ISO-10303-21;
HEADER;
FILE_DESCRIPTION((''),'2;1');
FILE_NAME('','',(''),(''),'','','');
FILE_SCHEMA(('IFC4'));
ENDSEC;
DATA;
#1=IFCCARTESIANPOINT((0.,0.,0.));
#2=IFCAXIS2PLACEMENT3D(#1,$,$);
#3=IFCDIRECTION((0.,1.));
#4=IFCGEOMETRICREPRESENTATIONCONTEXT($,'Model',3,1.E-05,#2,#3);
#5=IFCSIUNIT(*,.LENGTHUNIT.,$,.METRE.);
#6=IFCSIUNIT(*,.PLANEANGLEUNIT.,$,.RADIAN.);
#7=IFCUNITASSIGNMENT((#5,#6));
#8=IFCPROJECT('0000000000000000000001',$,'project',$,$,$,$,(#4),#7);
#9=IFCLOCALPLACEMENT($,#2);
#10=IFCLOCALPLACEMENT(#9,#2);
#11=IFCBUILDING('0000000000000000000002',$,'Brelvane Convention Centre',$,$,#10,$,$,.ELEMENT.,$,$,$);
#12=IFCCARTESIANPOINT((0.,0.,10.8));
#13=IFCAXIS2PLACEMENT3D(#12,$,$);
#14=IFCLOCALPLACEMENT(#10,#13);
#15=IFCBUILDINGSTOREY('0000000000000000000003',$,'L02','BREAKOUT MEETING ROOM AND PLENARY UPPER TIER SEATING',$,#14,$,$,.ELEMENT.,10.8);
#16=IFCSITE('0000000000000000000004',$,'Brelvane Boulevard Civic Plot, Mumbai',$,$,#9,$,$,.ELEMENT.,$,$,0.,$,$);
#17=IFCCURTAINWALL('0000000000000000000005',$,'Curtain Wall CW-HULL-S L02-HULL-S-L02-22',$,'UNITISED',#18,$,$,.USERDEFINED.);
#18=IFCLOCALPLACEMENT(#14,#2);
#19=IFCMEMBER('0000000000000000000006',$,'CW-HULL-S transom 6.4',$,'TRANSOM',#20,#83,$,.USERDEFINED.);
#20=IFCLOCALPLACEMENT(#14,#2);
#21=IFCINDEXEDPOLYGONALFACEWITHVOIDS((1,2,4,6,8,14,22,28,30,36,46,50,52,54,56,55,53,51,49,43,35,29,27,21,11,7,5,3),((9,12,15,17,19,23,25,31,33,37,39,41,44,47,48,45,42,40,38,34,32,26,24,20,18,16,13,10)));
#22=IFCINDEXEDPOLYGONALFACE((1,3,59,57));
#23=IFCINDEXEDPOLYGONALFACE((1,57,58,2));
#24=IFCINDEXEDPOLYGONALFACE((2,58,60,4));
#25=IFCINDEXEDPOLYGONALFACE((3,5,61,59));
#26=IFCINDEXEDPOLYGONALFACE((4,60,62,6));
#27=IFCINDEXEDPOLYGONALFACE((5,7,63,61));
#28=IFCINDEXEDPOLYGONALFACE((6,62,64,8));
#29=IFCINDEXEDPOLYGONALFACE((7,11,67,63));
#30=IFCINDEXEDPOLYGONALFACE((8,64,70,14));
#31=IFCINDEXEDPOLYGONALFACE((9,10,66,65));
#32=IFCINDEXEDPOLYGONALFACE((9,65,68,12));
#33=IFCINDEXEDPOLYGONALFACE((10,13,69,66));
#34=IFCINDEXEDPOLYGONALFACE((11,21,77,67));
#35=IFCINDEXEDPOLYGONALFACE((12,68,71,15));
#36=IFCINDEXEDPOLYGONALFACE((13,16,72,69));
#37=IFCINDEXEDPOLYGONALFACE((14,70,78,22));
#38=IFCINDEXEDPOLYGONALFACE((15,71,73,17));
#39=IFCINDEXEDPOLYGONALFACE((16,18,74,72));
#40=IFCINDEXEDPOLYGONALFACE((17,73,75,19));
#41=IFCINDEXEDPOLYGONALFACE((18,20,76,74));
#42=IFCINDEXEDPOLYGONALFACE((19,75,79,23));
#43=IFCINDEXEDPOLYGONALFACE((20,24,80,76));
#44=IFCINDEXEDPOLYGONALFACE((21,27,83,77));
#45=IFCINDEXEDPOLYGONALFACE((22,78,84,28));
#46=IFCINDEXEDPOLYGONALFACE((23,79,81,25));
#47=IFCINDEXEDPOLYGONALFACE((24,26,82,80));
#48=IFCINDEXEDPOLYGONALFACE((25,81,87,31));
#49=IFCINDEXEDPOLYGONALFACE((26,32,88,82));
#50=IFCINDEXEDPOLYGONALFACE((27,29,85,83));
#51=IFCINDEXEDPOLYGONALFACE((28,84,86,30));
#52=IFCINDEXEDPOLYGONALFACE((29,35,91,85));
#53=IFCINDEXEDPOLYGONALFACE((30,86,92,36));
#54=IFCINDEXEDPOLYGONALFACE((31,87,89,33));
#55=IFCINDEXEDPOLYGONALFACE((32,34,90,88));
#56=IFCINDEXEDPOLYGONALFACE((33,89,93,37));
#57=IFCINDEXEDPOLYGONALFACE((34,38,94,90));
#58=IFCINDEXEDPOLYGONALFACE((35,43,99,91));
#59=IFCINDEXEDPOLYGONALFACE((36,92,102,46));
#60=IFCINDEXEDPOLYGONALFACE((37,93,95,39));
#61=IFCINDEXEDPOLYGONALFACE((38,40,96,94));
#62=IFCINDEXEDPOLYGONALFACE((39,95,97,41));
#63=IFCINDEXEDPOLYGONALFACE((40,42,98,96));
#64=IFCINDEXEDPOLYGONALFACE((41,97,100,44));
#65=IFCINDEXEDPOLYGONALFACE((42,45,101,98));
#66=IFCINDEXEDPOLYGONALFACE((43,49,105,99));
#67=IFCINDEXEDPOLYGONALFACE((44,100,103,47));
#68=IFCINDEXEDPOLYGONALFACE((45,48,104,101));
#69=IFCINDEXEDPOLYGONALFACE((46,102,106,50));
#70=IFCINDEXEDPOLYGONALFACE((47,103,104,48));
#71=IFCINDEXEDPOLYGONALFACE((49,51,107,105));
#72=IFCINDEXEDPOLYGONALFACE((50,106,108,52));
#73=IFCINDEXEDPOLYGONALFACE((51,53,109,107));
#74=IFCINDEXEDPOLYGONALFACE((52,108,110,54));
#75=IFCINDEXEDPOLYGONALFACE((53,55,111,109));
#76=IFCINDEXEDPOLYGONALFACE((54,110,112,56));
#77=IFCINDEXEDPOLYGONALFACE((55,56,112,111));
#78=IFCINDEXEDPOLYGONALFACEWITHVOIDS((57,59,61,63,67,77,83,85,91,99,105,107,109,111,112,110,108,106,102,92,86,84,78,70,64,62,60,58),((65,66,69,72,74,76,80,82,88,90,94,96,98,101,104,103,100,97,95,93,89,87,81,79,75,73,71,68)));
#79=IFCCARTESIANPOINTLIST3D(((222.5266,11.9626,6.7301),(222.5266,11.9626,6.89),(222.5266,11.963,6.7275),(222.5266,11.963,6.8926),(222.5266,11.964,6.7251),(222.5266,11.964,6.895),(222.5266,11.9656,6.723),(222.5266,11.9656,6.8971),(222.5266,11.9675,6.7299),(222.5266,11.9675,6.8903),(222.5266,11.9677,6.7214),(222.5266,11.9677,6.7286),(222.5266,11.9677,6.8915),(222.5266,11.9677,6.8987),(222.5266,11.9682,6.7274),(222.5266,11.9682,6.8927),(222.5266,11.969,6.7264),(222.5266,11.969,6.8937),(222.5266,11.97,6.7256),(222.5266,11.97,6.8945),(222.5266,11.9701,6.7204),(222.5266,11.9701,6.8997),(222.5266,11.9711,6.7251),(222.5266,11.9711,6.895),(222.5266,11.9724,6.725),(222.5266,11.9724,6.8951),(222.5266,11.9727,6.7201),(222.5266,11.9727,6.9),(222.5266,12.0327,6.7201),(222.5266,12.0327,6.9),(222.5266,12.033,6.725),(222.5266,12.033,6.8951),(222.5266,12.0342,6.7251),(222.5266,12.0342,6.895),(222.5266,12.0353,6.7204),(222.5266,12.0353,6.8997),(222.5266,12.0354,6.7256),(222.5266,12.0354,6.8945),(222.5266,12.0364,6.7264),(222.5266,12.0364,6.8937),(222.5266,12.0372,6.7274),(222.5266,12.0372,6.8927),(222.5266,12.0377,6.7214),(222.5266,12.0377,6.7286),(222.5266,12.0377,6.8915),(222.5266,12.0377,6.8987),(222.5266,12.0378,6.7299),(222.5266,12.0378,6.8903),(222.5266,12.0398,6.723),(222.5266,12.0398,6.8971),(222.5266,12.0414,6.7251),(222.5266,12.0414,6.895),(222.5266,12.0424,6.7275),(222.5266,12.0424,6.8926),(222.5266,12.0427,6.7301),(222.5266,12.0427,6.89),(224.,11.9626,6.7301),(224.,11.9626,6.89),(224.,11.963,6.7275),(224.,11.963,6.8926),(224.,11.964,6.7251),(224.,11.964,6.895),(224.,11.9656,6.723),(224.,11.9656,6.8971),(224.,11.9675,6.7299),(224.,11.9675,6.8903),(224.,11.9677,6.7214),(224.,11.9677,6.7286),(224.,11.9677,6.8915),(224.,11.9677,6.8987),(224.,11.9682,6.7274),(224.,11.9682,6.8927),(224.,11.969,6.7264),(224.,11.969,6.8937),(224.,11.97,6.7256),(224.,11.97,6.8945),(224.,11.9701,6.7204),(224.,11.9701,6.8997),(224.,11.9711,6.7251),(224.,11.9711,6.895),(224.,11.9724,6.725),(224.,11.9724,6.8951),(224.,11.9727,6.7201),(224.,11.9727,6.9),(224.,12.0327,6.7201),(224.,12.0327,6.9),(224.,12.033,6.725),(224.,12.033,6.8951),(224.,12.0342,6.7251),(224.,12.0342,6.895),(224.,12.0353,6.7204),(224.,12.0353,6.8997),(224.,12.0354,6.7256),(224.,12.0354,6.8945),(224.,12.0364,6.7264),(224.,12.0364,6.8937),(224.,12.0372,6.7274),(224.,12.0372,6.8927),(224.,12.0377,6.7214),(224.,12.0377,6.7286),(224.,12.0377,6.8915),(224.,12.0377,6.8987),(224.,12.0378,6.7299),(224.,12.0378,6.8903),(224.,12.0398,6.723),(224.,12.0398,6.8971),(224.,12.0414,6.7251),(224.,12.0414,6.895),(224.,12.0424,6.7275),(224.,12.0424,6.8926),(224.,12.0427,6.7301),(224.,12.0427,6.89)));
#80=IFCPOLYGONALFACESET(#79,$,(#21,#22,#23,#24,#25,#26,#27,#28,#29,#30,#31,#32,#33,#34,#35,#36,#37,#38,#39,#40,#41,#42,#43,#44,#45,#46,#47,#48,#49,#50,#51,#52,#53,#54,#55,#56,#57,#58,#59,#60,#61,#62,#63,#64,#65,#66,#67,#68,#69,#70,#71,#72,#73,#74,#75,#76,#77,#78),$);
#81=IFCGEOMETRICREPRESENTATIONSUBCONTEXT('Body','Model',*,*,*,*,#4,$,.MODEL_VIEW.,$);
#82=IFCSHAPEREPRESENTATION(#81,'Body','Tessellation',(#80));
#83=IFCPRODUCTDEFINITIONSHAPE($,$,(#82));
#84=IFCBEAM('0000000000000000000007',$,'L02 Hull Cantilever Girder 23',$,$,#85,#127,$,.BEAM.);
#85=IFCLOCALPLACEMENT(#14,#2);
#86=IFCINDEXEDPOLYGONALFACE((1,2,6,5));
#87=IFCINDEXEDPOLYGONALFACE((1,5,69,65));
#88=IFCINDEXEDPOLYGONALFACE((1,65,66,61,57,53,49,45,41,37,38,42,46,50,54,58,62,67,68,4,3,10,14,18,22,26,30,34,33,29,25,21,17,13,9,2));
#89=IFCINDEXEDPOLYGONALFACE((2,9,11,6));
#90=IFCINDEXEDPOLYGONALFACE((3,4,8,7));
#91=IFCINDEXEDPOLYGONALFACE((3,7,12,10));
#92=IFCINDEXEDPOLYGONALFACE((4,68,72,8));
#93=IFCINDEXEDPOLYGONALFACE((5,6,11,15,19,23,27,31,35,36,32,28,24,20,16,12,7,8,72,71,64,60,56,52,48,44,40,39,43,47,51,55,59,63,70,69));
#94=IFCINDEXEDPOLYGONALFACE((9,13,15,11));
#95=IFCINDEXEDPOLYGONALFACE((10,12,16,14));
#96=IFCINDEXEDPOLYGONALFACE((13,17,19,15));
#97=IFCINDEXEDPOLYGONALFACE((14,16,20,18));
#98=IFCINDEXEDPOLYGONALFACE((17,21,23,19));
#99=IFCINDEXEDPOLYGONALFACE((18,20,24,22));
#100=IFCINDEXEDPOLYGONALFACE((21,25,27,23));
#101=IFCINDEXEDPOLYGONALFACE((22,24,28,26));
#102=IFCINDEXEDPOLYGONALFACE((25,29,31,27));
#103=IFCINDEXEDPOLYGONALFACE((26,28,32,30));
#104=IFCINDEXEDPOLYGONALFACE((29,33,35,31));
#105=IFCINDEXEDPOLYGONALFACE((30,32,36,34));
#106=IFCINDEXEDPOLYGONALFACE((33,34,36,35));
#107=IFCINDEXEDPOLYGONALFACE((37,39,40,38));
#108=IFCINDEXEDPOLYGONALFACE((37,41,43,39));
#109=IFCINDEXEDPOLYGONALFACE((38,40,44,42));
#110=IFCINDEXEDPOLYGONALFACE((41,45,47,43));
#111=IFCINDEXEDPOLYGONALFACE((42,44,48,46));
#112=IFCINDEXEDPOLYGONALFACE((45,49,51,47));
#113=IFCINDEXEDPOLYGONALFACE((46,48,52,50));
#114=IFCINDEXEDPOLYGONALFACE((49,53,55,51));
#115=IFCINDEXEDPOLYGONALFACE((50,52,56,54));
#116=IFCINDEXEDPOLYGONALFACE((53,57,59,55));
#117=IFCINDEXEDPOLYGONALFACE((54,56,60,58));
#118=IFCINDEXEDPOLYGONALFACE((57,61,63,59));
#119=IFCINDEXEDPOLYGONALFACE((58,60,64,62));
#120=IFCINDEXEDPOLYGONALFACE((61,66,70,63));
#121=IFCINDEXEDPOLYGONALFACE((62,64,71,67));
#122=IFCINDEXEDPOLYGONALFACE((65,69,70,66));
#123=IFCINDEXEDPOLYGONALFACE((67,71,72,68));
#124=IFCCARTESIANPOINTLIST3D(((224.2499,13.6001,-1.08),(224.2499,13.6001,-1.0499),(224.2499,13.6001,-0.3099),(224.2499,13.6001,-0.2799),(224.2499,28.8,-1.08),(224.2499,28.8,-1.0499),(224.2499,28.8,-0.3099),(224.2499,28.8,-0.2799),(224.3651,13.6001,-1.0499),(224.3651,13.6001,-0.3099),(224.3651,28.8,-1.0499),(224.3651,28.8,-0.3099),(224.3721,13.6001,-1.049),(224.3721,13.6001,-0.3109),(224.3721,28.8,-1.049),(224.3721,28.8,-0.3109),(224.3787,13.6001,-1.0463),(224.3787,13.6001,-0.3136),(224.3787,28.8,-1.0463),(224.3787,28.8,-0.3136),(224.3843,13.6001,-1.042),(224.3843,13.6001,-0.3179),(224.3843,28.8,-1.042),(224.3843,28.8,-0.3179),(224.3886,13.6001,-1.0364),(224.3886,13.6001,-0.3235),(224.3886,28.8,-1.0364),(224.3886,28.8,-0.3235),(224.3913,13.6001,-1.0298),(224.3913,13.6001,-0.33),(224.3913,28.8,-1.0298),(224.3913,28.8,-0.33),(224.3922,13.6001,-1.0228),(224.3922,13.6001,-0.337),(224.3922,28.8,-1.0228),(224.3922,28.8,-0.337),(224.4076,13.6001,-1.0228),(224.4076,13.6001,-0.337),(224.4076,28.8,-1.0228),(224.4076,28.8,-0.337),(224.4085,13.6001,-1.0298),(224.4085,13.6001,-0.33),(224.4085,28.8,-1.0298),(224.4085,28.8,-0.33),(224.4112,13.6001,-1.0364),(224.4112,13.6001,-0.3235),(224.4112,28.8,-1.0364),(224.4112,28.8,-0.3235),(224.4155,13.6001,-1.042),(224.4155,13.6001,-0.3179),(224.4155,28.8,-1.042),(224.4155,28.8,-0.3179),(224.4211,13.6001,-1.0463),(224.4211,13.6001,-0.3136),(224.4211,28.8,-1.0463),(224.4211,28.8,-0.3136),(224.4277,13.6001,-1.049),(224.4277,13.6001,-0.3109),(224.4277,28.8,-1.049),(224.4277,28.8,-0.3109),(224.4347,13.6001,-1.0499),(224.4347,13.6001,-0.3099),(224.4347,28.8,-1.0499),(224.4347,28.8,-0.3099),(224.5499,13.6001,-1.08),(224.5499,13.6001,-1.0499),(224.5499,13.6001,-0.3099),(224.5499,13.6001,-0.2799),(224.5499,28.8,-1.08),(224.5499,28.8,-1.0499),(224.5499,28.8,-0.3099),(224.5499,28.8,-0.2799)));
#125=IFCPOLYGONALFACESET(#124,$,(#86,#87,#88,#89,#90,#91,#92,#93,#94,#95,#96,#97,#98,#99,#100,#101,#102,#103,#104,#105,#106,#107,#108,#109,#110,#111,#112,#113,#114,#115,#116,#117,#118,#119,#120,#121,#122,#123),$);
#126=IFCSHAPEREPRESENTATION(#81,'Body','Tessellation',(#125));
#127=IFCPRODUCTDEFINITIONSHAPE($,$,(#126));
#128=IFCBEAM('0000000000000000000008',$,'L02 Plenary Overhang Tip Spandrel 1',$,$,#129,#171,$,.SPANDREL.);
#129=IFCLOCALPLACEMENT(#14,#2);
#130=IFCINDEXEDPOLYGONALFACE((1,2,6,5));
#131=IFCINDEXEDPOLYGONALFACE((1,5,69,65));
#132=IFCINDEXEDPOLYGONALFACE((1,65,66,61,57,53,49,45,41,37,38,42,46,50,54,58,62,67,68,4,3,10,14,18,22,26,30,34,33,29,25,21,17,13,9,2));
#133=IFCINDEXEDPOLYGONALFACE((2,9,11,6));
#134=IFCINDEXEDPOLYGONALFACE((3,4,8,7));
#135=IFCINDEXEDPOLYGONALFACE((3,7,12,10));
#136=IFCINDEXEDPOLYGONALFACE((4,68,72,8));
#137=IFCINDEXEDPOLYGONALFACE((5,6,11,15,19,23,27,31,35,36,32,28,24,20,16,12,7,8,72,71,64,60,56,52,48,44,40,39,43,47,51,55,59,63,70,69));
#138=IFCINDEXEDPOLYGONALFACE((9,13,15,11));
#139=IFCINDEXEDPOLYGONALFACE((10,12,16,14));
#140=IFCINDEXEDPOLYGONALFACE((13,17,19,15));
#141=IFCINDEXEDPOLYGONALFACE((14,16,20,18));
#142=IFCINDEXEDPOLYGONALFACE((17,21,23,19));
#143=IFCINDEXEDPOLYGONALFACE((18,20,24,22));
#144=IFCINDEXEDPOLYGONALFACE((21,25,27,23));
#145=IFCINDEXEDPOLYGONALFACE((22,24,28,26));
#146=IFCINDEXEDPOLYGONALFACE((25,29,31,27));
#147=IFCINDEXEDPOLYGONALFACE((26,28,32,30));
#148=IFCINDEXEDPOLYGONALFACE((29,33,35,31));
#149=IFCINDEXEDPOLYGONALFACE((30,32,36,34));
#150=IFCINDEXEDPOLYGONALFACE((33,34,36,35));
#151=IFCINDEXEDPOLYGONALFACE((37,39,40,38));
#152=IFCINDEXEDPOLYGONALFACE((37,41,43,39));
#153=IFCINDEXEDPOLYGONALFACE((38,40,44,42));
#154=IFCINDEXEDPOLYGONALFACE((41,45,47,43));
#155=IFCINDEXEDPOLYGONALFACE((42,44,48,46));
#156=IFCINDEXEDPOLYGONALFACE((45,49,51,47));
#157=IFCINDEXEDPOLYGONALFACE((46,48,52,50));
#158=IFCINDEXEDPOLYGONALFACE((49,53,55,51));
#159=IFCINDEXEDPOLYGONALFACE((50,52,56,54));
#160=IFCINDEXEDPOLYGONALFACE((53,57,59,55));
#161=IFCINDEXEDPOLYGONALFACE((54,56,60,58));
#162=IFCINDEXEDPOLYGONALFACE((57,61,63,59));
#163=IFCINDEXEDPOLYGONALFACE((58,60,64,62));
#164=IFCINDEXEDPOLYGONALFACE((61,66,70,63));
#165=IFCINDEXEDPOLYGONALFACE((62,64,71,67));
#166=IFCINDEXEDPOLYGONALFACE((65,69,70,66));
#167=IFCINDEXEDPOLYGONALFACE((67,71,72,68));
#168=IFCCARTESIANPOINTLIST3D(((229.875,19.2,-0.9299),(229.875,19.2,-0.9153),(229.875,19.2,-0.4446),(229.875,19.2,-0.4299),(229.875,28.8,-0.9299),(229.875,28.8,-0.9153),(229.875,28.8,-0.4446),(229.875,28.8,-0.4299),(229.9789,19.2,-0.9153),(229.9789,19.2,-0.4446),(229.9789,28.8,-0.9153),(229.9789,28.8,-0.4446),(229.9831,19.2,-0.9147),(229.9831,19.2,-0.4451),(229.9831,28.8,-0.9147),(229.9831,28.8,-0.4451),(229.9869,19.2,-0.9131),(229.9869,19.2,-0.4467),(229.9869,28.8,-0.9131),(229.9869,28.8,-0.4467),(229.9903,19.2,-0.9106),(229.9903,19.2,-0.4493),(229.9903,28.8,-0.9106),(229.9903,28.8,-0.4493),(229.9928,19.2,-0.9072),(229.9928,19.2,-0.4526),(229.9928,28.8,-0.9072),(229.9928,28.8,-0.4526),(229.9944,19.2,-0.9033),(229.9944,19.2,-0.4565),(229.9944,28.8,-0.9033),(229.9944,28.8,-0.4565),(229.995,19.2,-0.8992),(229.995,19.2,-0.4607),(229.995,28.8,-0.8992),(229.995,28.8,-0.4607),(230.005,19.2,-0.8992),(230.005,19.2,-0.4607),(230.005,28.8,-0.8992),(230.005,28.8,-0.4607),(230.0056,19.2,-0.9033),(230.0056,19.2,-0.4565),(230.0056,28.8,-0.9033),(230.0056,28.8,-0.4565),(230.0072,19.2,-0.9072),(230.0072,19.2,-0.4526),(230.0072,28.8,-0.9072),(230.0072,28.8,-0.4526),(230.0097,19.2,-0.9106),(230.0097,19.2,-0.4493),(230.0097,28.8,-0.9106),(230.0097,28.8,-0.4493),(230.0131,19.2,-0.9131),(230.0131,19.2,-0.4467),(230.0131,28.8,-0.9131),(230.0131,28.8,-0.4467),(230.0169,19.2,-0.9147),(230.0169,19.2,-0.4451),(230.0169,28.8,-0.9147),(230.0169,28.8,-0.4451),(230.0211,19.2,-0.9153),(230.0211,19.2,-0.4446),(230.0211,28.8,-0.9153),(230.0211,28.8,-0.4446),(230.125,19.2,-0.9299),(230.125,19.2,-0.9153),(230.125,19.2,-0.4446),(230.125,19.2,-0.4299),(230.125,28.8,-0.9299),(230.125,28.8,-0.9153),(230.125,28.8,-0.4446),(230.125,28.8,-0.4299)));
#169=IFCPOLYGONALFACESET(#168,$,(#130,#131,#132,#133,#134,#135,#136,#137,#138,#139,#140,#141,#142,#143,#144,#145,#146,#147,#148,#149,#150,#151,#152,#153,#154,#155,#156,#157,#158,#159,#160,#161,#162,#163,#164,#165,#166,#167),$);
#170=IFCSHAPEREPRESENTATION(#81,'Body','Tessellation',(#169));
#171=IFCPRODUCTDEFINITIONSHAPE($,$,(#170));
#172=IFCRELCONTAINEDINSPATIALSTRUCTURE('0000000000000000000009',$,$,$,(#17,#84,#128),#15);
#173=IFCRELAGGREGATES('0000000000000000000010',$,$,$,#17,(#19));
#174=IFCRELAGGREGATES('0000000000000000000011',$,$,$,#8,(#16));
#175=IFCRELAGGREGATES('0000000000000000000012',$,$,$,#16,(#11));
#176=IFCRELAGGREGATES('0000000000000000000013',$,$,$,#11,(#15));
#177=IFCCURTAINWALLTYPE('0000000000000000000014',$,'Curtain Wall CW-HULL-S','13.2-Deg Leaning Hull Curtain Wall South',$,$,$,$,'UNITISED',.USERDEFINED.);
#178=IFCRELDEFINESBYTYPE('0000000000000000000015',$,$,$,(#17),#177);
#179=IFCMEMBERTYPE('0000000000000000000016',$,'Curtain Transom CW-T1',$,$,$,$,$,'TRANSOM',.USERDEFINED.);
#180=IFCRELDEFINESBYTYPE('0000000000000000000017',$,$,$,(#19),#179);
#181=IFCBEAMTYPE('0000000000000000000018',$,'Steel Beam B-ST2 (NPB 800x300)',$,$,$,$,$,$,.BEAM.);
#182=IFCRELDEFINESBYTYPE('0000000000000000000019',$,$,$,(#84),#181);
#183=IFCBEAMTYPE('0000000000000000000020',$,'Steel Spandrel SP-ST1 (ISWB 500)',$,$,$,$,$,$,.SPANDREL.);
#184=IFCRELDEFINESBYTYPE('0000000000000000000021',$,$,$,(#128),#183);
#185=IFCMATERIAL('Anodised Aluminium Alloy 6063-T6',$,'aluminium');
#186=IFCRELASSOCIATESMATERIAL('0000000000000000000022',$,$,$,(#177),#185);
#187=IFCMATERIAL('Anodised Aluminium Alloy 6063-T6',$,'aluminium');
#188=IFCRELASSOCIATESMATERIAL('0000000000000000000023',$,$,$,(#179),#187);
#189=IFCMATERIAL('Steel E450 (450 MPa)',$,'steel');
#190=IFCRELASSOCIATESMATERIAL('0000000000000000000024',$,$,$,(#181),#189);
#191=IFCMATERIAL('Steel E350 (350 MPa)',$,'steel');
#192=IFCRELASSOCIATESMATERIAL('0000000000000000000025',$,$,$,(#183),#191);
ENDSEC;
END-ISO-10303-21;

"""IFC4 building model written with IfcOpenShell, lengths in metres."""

from ifc_helpers import new_model, si_unit, direction, frame, origin, origin_2d, place, context, subcontext, project, spatial, hollow_rectangle, i_section, extrude, material, material_profile, profile_set, type_object, element, aggregate, save


model = new_model("IFC4")

# Units and contexts
model_context = context("Model", 3, precision=1e-05, world=origin(), true_north=direction((0.0, 1.0)))
body_context = subcontext(model_context, "Body", "Model", "MODEL_VIEW")
ifc_project = project(units=[si_unit("LENGTHUNIT", "METRE"), si_unit("PLANEANGLEUNIT", "RADIAN")], contexts=[model_context])

# Site, building, storey
site_placement = place(None, origin())
site = spatial("IfcSite", under=ifc_project, at=site_placement, Name="Brelvane Boulevard Civic Plot, Mumbai", CompositionType="ELEMENT", RefElevation=0.0)
building_placement = place(site_placement, origin())
building = spatial("IfcBuilding", under=site, at=building_placement, Name="Brelvane Convention Centre", CompositionType="ELEMENT")
storey_placement = place(building_placement, frame((0.0, 0.0, 10.8)))
storey = spatial("IfcBuildingStorey", under=building, at=storey_placement, Name="L02", Description="BREAKOUT MEETING ROOM AND PLENARY UPPER TIER SEATING", CompositionType="ELEMENT", Elevation=10.8)

# Curtain wall
ifc_material_1 = material(Name="Anodised Aluminium Alloy 6063-T6", Category="aluminium")
curtain_wall_type_1 = type_object("IfcCurtainWallType", Name="Curtain Wall CW-HULL-S", Description="13.2-Deg Leaning Hull Curtain Wall South", ElementType="UNITISED", PredefinedType="USERDEFINED", material=ifc_material_1)
curtain_wall_1_placement = place(storey_placement, origin())
curtain_wall_1 = element("IfcCurtainWall", 1, at=curtain_wall_1_placement, inside=storey, type_object=curtain_wall_type_1, Name="Curtain Wall CW-HULL-S L02-HULL-S-L02-22", ObjectType="UNITISED", PredefinedType="USERDEFINED")

# Member
ifc_material_2 = material(Name="Anodised Aluminium Alloy 6063-T6", Category="aluminium")
ifc_material_profile_1 = material_profile(ifc_material_2, hollow_rectangle(XDim=0.0801, YDim=0.1799, WallThickness=0.0049, InnerFilletRadius=0.0049, OuterFilletRadius=0.01, at=origin_2d()), Name="ALU-T 180x80x5.0")
ifc_profile_set_1 = profile_set([ifc_material_profile_1], Name="Anodised Aluminium Alloy 6063-T6")
member_type_1 = type_object("IfcMemberType", Name="Curtain Transom CW-T1", ElementType="TRANSOM", PredefinedType="USERDEFINED", material=ifc_profile_set_1)
member_1_placement = place(storey_placement, frame((222.5266, 12.0027, 6.8101), z_axis=(1.0, 0.0, 0.0), x_axis=(0.0, 1.0, 0.0)))
member_1 = element("IfcMember", 2, at=member_1_placement, type_object=member_type_1, Name="CW-HULL-S transom 6.4", ObjectType="TRANSOM", PredefinedType="USERDEFINED", context=body_context, shape_type="SweptSolid", body=[
    extrude(hollow_rectangle(XDim=0.0801, YDim=0.1799, WallThickness=0.0049, InnerFilletRadius=0.0049, OuterFilletRadius=0.01, at=origin_2d()), origin(), (0.0, 0.0, 1.0), 1.4734),
])

# Beams
ifc_material_3 = material(Name="Steel E450 (450 MPa)", Category="steel")
ifc_material_profile_2 = material_profile(ifc_material_3, i_section(OverallWidth=0.3, OverallDepth=0.8, WebThickness=0.0154, FlangeThickness=0.03, FilletRadius=0.0271, at=origin_2d()), Name="NPB 800x300")
ifc_profile_set_2 = profile_set([ifc_material_profile_2], Name="Steel E450 (450 MPa)")
beam_type_1 = type_object("IfcBeamType", Name="Steel Beam B-ST2 (NPB 800x300)", PredefinedType="BEAM", material=ifc_profile_set_2)
beam_1_placement = place(storey_placement, frame((224.3999, 13.6001, -0.6799), z_axis=(0.0, 1.0, 0.0), x_axis=(-1.0, 0.0, 0.0)))
element("IfcBeam", 3, at=beam_1_placement, inside=storey, type_object=beam_type_1, Name="L02 Hull Cantilever Girder 23", PredefinedType="BEAM", context=body_context, shape_type="SweptSolid", body=[
    extrude(i_section(OverallWidth=0.3, OverallDepth=0.8, WebThickness=0.0154, FlangeThickness=0.03, FilletRadius=0.0271, at=origin_2d()), origin(), (0.0, 0.0, 1.0), 15.2),
])
ifc_material_4 = material(Name="Steel E350 (350 MPa)", Category="steel")
ifc_material_profile_3 = material_profile(ifc_material_4, i_section(OverallWidth=0.25, OverallDepth=0.5, WebThickness=0.01, FlangeThickness=0.0146, FilletRadius=0.0161, at=origin_2d()), Name="ISWB 500")
ifc_profile_set_3 = profile_set([ifc_material_profile_3], Name="Steel E350 (350 MPa)")
beam_type_2 = type_object("IfcBeamType", Name="Steel Spandrel SP-ST1 (ISWB 500)", PredefinedType="SPANDREL", material=ifc_profile_set_3)
beam_2_placement = place(storey_placement, frame((230.0, 19.2, -0.6799), z_axis=(0.0, 1.0, 0.0), x_axis=(-1.0, 0.0, 0.0)))
element("IfcBeam", 4, at=beam_2_placement, inside=storey, type_object=beam_type_2, Name="L02 Plenary Overhang Tip Spandrel 1", PredefinedType="SPANDREL", context=body_context, shape_type="SweptSolid", body=[
    extrude(i_section(OverallWidth=0.25, OverallDepth=0.5, WebThickness=0.01, FlangeThickness=0.0146, FilletRadius=0.0161, at=origin_2d()), origin(), (0.0, 0.0, 1.0), 9.6001),
])

aggregate(curtain_wall_1, [member_1])

save(model, "model.ifc")
